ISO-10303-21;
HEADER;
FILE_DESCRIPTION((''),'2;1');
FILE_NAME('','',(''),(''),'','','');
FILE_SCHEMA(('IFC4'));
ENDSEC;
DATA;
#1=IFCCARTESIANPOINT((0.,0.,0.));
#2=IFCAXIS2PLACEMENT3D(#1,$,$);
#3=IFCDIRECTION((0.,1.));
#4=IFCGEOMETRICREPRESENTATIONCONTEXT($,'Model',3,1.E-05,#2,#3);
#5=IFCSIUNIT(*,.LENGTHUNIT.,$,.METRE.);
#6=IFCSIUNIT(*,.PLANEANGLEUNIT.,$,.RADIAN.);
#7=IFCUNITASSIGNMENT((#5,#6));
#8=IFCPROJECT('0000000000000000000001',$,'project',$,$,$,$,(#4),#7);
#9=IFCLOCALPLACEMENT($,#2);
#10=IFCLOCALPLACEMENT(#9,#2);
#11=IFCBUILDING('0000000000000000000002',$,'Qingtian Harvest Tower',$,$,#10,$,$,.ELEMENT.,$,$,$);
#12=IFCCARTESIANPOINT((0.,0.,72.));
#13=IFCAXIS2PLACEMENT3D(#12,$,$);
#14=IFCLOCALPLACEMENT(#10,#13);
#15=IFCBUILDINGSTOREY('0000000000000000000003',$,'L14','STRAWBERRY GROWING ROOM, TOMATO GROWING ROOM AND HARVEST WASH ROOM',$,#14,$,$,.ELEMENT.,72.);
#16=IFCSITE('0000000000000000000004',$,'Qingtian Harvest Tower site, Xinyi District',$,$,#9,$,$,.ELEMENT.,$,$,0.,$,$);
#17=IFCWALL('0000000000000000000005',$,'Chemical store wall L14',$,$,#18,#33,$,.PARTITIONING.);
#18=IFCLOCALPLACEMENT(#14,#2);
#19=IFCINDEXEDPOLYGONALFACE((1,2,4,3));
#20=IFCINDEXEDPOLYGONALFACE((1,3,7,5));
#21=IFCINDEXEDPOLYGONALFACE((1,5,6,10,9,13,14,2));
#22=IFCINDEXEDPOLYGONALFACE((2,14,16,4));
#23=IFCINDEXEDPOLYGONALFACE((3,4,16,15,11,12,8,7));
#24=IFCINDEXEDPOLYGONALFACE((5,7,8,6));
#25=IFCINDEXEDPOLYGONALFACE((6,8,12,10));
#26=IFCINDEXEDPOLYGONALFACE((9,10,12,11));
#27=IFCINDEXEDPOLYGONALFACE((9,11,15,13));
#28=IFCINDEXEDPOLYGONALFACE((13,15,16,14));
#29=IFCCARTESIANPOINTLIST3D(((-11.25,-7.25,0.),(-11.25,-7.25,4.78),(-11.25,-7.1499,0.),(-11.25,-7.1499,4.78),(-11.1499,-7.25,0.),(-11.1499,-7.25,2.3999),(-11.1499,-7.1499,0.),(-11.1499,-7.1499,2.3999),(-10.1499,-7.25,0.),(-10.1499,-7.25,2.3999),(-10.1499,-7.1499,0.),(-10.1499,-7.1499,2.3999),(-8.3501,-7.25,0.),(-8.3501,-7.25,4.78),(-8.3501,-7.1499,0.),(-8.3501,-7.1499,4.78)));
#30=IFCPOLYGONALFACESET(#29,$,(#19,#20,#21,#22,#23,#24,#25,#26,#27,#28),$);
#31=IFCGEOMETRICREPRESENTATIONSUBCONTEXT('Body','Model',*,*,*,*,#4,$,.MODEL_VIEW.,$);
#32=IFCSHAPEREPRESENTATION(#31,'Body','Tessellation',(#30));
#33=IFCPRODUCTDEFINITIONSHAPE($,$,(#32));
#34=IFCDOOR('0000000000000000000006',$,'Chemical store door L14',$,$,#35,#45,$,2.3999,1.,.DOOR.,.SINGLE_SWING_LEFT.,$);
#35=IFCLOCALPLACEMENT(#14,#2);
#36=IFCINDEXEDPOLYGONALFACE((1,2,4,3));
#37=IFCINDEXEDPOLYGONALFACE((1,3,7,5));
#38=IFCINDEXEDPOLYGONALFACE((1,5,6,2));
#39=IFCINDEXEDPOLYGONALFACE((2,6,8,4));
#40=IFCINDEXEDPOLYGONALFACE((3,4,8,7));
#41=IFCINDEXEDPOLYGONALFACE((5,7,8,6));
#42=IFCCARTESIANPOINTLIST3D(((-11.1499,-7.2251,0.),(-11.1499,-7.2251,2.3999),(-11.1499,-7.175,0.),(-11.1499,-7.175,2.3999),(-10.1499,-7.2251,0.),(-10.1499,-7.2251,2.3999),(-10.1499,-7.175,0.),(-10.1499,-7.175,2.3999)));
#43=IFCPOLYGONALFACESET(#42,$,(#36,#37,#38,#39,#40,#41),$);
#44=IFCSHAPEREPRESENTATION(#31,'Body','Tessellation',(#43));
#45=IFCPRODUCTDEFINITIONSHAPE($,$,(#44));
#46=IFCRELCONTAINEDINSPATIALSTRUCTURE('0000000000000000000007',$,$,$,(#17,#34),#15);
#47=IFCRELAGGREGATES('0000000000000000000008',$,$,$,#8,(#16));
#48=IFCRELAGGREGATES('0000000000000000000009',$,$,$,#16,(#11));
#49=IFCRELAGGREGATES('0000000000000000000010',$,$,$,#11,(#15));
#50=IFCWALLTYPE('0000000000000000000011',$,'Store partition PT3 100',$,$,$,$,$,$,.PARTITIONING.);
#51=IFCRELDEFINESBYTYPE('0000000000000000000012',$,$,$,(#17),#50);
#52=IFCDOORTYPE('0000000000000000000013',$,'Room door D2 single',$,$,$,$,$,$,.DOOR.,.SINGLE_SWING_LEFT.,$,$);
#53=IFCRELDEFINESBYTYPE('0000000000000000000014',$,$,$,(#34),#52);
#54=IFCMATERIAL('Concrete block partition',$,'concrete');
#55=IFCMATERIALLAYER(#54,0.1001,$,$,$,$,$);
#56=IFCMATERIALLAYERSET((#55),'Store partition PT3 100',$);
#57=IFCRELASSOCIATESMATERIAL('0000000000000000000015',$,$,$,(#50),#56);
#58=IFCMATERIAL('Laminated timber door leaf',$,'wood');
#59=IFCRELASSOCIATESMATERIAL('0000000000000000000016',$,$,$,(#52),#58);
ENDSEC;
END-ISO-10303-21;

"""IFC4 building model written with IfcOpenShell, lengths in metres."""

from ifc_helpers import new_model, si_unit, direction, frame, frame_2d, origin, place, context, subcontext, project, spatial, rectangle, extrude, material, layer, layer_set, type_object, element, fill, save


model = new_model("IFC4")

# Units and contexts
model_context = context("Model", 3, precision=1e-05, world=origin(), true_north=direction((0.0, 1.0)))
body_context = subcontext(model_context, "Body", "Model", "MODEL_VIEW")
ifc_project = project(units=[si_unit("LENGTHUNIT", "METRE"), si_unit("PLANEANGLEUNIT", "RADIAN")], contexts=[model_context])

# Site, building, storey
site_placement = place(None, origin())
site = spatial("IfcSite", under=ifc_project, at=site_placement, Name="Qingtian Harvest Tower site, Xinyi District", CompositionType="ELEMENT", RefElevation=0.0)
building_placement = place(site_placement, origin())
building = spatial("IfcBuilding", under=site, at=building_placement, Name="Qingtian Harvest Tower", CompositionType="ELEMENT")
storey_placement = place(building_placement, frame((0.0, 0.0, 72.0)))
storey = spatial("IfcBuildingStorey", under=building, at=storey_placement, Name="L14", Description="STRAWBERRY GROWING ROOM, TOMATO GROWING ROOM AND HARVEST WASH ROOM", CompositionType="ELEMENT", Elevation=72.0)

# Wall, opening, door
ifc_material_1 = material(Name="Concrete block partition", Category="concrete")
ifc_layer_1 = layer(ifc_material_1, 0.1001)
ifc_layer_set_1 = layer_set([ifc_layer_1], Name="Store partition PT3 100")
wall_type_1 = type_object("IfcWallType", Name="Store partition PT3 100", PredefinedType="PARTITIONING", material=ifc_layer_set_1)
wall_1_placement = place(storey_placement, frame((-11.25, -7.2, 0.0), z_axis=(0.0, 0.0, 1.0), x_axis=(1.0, 0.0, 0.0)))
wall_1 = element("IfcWall", 1, at=wall_1_placement, inside=storey, type_object=wall_type_1, Name="Chemical store wall L14", PredefinedType="PARTITIONING", context=body_context, shape_type="SweptSolid", body=[
    extrude(rectangle(XDim=2.8999, YDim=0.1001, at=frame_2d((1.45, 0.0))), origin(), (0.0, 0.0, 1.0), 4.78),
])
opening_1_placement = place(wall_1_placement, frame((0.1001, 0.0, 0.0)))
opening_1 = element("IfcOpeningElement", 2, at=opening_1_placement, cuts=wall_1, PredefinedType="OPENING", context=body_context, shape_type="SweptSolid", body=[
    extrude(rectangle(XDim=1.0, YDim=2.3999, at=frame_2d((0.5, 1.2))), frame((0.0, 0.0601, 0.0), z_axis=(0.0, -1.0, 0.0), x_axis=(1.0, 0.0, 0.0)), (0.0, 0.0, 1.0), 0.1201),
])
ifc_material_2 = material(Name="Laminated timber door leaf", Category="wood")
door_type_1 = type_object("IfcDoorType", Name="Room door D2 single", OperationType="SINGLE_SWING_LEFT", PredefinedType="DOOR", material=ifc_material_2)
door_1_placement = place(opening_1_placement, origin())
door_1 = element("IfcDoor", 3, at=door_1_placement, inside=storey, type_object=door_type_1, Name="Chemical store door L14", OperationType="SINGLE_SWING_LEFT", OverallHeight=2.3999, OverallWidth=1.0, PredefinedType="DOOR", context=body_context, shape_type="SweptSolid", body=[
    extrude(rectangle(XDim=1.0, YDim=2.3999, at=frame_2d((0.5, 1.2))), frame((0.0, 0.0249, 0.0), z_axis=(0.0, -1.0, 0.0), x_axis=(1.0, 0.0, 0.0)), (0.0, 0.0, 1.0), 0.05),
])
fill(opening_1, door_1)

save(model, "model.ifc")
